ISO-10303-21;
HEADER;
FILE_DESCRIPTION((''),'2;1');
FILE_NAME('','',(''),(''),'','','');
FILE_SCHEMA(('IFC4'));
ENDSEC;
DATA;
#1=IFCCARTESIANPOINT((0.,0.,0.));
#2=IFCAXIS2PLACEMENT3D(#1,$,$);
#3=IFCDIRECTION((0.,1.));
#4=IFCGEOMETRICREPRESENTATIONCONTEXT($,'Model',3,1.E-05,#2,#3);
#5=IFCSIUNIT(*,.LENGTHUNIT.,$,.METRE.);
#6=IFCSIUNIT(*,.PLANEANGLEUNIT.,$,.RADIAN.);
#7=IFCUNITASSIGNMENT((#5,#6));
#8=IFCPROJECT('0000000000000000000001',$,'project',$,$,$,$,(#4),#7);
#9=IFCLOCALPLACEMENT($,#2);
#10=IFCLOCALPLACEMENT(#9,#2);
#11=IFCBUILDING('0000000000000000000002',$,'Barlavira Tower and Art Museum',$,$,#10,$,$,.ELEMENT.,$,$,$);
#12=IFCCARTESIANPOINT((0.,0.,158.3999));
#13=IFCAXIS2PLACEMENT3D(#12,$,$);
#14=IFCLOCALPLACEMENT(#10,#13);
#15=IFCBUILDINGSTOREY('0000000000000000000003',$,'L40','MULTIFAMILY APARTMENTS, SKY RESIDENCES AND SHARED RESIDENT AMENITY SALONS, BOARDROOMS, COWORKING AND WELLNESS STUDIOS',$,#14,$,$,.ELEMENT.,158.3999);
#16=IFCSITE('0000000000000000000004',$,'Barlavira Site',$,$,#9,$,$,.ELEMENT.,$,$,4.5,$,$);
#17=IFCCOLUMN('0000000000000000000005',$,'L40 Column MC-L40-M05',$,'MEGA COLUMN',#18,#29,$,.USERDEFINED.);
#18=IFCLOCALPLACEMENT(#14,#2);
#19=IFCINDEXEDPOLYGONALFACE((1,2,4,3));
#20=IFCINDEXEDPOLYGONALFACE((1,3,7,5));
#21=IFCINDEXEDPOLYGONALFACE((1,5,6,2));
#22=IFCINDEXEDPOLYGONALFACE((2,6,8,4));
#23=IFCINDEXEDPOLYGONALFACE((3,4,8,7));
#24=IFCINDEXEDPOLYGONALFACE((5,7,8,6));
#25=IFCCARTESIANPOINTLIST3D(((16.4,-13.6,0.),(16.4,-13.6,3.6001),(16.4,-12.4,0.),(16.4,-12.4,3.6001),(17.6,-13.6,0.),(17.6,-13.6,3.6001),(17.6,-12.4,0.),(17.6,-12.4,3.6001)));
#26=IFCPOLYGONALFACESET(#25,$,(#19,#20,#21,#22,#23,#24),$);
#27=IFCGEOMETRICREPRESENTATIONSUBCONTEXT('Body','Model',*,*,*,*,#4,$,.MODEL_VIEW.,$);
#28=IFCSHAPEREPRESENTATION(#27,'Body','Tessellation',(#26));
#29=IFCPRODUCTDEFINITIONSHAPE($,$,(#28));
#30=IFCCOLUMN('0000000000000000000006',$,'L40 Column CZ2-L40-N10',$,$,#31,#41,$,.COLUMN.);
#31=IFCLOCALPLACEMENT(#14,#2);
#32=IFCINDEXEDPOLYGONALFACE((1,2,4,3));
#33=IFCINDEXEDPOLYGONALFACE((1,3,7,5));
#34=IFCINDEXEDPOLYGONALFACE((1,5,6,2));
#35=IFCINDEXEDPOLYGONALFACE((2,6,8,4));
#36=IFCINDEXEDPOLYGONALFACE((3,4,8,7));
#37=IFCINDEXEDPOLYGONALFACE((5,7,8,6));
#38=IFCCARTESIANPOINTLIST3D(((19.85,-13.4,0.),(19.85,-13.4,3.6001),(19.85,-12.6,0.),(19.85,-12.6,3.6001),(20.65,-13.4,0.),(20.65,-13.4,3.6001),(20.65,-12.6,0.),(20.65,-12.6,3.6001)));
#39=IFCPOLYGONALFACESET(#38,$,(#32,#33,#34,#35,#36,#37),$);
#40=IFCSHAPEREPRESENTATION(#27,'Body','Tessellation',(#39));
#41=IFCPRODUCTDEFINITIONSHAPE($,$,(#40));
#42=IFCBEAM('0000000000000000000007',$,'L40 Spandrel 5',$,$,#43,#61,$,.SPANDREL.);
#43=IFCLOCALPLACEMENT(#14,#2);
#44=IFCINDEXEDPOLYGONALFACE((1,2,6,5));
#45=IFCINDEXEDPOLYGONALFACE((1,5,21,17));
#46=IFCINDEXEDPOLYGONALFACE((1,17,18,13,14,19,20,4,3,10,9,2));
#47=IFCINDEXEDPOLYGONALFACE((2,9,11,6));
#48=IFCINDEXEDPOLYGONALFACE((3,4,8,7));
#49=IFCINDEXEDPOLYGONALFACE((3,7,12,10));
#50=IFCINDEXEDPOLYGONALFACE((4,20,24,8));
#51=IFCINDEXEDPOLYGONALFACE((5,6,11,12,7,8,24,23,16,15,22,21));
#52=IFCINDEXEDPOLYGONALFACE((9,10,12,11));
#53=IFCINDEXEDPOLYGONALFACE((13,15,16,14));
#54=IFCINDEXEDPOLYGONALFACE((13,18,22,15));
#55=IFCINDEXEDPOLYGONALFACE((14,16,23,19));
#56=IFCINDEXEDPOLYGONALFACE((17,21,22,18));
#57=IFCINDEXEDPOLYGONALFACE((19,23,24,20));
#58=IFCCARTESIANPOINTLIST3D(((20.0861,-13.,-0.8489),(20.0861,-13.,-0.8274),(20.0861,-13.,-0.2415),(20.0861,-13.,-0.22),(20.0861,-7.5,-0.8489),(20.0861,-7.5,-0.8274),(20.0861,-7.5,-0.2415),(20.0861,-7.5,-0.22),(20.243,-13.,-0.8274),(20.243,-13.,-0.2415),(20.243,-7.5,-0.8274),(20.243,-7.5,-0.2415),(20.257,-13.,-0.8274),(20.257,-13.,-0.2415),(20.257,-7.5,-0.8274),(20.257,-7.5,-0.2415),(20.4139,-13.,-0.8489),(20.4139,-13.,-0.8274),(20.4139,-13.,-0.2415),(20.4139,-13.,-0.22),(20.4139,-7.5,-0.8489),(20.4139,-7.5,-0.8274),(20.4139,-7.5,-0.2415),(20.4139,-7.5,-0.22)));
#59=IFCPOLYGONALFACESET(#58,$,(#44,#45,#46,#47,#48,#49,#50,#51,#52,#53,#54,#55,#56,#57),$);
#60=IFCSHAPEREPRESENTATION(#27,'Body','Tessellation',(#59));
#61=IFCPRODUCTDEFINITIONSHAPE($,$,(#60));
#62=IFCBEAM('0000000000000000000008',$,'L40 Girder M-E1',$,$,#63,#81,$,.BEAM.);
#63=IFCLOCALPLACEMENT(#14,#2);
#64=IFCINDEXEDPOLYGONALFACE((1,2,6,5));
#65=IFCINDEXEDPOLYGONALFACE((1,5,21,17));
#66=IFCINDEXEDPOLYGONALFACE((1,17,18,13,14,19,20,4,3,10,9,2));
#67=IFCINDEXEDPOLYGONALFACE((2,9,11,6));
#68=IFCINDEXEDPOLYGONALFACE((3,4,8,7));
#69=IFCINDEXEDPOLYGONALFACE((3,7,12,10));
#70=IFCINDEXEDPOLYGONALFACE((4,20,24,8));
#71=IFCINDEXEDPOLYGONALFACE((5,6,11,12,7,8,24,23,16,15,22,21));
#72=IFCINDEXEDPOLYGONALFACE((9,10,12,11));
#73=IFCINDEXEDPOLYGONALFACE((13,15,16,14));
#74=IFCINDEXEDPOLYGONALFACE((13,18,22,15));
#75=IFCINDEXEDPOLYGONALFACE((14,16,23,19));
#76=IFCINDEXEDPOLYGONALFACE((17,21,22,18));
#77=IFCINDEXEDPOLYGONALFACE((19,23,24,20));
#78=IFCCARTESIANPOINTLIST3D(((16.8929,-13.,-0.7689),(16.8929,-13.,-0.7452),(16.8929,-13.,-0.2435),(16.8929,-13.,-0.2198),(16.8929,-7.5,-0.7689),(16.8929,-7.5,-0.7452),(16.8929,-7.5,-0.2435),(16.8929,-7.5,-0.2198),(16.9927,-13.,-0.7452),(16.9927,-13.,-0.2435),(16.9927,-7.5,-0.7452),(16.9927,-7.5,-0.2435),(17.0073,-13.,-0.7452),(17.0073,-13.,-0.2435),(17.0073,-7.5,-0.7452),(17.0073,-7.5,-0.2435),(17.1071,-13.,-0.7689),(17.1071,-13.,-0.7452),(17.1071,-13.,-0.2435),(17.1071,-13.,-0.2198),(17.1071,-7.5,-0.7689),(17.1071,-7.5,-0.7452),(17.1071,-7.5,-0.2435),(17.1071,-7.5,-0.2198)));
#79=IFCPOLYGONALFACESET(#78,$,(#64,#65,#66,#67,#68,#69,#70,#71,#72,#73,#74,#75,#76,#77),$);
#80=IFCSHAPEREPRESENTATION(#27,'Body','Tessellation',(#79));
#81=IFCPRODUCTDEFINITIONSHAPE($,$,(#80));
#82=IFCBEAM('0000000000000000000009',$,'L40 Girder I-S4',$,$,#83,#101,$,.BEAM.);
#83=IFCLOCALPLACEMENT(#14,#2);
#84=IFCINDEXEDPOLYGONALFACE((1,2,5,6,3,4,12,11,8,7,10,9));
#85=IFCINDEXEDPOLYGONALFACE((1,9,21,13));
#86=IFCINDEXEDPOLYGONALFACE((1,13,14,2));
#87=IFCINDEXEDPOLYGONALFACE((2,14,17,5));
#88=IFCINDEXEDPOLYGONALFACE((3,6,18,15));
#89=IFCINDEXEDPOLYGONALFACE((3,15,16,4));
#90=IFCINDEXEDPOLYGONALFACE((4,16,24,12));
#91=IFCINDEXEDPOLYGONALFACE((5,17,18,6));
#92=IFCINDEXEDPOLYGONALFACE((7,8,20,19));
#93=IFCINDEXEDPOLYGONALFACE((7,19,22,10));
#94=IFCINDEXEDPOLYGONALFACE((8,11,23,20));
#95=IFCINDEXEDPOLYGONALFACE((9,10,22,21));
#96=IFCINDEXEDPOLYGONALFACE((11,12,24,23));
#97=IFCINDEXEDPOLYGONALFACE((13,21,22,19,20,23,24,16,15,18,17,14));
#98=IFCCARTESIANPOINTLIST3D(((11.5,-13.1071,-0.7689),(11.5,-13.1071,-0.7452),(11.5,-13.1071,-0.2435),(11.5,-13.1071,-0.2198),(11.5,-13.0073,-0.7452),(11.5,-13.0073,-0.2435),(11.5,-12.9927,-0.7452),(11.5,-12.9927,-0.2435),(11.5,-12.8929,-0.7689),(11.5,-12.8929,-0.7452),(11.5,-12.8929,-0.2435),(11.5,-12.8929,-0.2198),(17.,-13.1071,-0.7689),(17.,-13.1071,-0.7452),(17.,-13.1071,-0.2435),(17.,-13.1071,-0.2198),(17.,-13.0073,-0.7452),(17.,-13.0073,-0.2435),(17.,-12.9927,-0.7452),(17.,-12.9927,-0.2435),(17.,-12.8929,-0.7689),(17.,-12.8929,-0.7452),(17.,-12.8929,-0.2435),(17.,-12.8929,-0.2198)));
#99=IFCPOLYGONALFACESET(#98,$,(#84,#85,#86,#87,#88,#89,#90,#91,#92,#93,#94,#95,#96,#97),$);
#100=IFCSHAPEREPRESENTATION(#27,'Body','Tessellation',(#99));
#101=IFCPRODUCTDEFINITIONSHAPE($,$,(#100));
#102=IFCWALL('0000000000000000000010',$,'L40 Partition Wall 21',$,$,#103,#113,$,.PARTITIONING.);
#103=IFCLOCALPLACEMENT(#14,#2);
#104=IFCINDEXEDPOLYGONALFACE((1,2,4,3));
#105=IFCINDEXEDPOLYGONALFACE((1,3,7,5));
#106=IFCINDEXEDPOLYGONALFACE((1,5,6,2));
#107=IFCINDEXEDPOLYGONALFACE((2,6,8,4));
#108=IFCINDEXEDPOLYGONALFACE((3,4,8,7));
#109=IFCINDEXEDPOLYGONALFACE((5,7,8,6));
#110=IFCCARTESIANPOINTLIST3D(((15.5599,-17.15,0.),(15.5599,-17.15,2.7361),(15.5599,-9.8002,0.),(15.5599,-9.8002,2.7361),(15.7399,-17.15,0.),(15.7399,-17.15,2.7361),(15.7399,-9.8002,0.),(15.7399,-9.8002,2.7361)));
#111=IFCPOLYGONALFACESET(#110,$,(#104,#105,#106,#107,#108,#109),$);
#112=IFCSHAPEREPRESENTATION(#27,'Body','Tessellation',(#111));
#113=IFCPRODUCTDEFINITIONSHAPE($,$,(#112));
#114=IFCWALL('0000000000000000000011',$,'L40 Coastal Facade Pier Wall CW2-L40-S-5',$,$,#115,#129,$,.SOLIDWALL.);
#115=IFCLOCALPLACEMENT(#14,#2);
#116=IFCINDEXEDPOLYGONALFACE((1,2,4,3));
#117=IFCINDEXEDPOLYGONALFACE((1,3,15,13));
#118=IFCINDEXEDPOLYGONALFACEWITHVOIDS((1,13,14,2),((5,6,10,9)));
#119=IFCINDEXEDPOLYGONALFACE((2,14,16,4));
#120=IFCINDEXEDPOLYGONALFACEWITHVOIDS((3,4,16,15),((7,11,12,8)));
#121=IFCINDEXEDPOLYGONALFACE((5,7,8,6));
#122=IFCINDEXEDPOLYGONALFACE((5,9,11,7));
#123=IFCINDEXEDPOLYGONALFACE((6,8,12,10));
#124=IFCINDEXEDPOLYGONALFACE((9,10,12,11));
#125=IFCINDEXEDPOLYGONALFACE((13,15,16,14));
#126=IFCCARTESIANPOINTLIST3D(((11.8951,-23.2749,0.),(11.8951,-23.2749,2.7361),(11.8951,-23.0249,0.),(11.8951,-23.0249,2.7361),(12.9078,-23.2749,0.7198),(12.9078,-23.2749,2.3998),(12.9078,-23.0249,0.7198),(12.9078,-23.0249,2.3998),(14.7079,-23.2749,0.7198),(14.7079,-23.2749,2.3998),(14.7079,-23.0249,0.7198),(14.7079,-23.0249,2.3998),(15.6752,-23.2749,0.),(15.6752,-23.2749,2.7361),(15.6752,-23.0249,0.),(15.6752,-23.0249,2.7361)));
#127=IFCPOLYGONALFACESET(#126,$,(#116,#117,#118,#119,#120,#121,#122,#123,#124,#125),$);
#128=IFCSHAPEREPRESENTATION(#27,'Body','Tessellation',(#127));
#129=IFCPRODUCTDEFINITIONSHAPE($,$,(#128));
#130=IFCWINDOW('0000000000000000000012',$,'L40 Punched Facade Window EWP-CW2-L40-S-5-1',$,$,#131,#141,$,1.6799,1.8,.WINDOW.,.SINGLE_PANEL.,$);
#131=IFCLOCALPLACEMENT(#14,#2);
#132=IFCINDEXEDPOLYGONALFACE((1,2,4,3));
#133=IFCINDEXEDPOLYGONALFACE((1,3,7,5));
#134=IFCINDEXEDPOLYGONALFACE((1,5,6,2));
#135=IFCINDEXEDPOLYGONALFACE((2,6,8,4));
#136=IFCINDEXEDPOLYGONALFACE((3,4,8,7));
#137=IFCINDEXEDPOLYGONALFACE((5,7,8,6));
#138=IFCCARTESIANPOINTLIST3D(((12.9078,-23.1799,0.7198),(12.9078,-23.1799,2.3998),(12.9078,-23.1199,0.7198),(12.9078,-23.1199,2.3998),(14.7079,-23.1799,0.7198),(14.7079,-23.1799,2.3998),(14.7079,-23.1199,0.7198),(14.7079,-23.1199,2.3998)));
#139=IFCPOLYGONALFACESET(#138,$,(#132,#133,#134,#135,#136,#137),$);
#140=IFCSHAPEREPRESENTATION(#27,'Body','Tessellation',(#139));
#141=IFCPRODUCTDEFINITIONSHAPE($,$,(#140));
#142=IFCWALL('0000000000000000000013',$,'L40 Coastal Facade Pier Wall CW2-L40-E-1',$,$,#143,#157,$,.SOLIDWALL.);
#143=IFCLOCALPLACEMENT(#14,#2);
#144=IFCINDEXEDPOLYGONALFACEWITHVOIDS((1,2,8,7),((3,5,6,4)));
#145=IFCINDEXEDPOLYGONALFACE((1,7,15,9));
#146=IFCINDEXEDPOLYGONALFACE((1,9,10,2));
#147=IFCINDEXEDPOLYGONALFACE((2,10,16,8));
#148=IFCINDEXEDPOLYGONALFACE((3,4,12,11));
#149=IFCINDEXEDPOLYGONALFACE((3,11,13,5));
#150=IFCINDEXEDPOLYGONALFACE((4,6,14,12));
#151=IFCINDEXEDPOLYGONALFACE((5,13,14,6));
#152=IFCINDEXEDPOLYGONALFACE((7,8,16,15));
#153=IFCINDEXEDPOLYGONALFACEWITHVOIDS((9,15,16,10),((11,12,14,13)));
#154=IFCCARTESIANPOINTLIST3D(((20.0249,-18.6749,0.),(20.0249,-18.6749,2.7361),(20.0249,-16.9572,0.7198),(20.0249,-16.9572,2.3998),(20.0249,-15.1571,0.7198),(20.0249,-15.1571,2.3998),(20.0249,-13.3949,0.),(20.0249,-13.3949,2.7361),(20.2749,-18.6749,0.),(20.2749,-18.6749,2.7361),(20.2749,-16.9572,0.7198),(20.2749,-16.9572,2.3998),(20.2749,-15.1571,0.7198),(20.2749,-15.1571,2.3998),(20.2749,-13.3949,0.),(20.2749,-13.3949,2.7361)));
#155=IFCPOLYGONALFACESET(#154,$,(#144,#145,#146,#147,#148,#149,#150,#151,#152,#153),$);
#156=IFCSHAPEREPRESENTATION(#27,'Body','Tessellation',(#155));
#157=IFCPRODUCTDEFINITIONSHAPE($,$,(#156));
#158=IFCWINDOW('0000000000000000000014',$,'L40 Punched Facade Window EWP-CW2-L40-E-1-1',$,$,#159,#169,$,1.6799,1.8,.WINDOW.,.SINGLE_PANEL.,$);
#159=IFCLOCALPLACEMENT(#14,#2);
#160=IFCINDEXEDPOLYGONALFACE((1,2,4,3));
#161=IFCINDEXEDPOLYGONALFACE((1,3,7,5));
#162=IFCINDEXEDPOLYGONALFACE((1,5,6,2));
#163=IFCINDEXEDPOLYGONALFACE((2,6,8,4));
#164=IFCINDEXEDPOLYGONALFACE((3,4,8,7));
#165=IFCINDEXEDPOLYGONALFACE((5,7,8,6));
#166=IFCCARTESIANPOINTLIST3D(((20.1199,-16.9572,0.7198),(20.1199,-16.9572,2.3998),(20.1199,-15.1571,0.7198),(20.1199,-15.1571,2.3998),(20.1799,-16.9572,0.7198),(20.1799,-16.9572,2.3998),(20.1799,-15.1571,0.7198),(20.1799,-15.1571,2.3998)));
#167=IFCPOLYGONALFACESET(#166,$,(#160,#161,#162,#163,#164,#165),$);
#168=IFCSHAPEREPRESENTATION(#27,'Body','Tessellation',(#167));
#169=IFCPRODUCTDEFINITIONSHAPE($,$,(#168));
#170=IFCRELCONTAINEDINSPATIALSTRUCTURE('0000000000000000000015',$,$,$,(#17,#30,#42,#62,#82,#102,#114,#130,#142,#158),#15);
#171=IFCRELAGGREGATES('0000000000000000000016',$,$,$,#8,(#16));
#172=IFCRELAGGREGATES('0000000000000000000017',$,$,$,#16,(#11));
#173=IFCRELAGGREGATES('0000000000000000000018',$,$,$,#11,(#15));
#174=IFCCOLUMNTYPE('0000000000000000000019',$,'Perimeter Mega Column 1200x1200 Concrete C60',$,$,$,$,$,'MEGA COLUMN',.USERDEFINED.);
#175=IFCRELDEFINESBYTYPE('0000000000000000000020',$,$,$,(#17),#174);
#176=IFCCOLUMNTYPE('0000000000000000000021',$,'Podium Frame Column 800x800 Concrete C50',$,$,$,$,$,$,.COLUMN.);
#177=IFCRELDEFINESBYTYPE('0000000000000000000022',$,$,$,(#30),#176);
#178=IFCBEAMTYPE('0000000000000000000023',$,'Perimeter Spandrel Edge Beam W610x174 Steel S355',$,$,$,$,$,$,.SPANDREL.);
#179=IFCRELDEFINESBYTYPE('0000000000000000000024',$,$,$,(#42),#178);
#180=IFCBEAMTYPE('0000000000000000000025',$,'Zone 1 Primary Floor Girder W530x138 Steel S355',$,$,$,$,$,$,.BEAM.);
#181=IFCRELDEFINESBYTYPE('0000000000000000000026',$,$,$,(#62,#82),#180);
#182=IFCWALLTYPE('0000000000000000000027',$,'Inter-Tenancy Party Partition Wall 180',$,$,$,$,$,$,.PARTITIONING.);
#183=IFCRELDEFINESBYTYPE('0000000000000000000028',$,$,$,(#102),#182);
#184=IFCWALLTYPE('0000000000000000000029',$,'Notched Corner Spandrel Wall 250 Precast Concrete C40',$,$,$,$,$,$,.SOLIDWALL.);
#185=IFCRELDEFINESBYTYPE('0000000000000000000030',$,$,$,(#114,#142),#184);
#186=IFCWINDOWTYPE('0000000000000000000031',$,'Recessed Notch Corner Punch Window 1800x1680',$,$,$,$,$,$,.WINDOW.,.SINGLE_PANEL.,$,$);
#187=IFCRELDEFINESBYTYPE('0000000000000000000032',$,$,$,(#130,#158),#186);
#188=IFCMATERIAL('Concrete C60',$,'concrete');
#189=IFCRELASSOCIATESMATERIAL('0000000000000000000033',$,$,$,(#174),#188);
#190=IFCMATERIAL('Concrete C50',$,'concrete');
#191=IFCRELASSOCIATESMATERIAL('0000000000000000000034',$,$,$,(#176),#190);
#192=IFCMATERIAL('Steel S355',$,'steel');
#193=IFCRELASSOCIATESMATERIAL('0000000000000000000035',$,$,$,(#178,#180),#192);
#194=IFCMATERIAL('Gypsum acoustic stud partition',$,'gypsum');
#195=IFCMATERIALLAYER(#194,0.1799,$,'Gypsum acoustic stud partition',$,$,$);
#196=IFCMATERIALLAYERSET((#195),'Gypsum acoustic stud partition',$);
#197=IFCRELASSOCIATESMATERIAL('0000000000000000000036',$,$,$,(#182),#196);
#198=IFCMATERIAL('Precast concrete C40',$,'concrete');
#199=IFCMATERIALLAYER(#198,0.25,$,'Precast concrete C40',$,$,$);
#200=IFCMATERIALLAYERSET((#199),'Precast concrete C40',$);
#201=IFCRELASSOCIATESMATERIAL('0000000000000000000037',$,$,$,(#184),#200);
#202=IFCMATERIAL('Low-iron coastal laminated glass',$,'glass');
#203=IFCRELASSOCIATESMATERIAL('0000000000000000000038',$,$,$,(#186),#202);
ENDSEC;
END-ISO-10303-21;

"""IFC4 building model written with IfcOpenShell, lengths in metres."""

from ifc_helpers import new_model, si_unit, direction, frame, frame_2d, origin, origin_2d, place, context, subcontext, project, spatial, rectangle, i_section, extrude, material, layer, layer_set, material_profile, profile_set, type_object, element, fill, save


model = new_model("IFC4")

# Units and contexts
model_context = context("Model", 3, precision=1e-05, world=origin(), true_north=direction((0.0, 1.0)))
body_context = subcontext(model_context, "Body", "Model", "MODEL_VIEW")
ifc_project = project(units=[si_unit("LENGTHUNIT", "METRE"), si_unit("PLANEANGLEUNIT", "RADIAN")], contexts=[model_context])

# Site, building, storey
site_placement = place(None, origin())
site = spatial("IfcSite", under=ifc_project, at=site_placement, Name="Barlavira Site", CompositionType="ELEMENT", RefElevation=4.5)
building_placement = place(site_placement, origin())
building = spatial("IfcBuilding", under=site, at=building_placement, Name="Barlavira Tower and Art Museum", CompositionType="ELEMENT")
storey_placement = place(building_placement, frame((0.0, 0.0, 158.3999)))
storey = spatial("IfcBuildingStorey", under=building, at=storey_placement, Name="L40", Description="MULTIFAMILY APARTMENTS, SKY RESIDENCES AND SHARED RESIDENT AMENITY SALONS, BOARDROOMS, COWORKING AND WELLNESS STUDIOS", CompositionType="ELEMENT", Elevation=158.3999)

# Columns
ifc_material_1 = material(Name="Concrete C60", Category="concrete")
ifc_material_profile_1 = material_profile(ifc_material_1, rectangle(XDim=1.2, YDim=1.2, at=origin_2d()), Name="RC-COL 1200x1200")
ifc_profile_set_1 = profile_set([ifc_material_profile_1], Name="Concrete C60")
column_type_1 = type_object("IfcColumnType", Name="Perimeter Mega Column 1200x1200 Concrete C60", ElementType="MEGA COLUMN", PredefinedType="USERDEFINED", material=ifc_profile_set_1)
column_1_placement = place(storey_placement, frame((17.0, -13.0, 0.0), z_axis=(0.0, 0.0, 1.0), x_axis=(1.0, 0.0, 0.0)))
element("IfcColumn", 1, at=column_1_placement, inside=storey, type_object=column_type_1, Name="L40 Column MC-L40-M05", ObjectType="MEGA COLUMN", PredefinedType="USERDEFINED", context=body_context, shape_type="SweptSolid", body=[
    extrude(rectangle(XDim=1.2, YDim=1.2, at=origin_2d()), origin(), (0.0, 0.0, 1.0), 3.6001),
])
ifc_material_2 = material(Name="Concrete C50", Category="concrete")
ifc_material_profile_2 = material_profile(ifc_material_2, rectangle(XDim=0.8, YDim=0.8, at=origin_2d()), Name="RC-COL 800x800")
ifc_profile_set_2 = profile_set([ifc_material_profile_2], Name="Concrete C50")
column_type_2 = type_object("IfcColumnType", Name="Podium Frame Column 800x800 Concrete C50", PredefinedType="COLUMN", material=ifc_profile_set_2)
column_2_placement = place(storey_placement, frame((20.25, -13.0, 0.0), z_axis=(0.0, 0.0, 1.0), x_axis=(1.0, 0.0, 0.0)))
element("IfcColumn", 2, at=column_2_placement, inside=storey, type_object=column_type_2, Name="L40 Column CZ2-L40-N10", PredefinedType="COLUMN", context=body_context, shape_type="SweptSolid", body=[
    extrude(rectangle(XDim=0.8, YDim=0.8, at=origin_2d()), origin(), (0.0, 0.0, 1.0), 3.6001),
])

# Beams
ifc_material_3 = material(Name="Steel S355", Category="steel")
ifc_material_profile_3 = material_profile(ifc_material_3, i_section(OverallWidth=0.3279, OverallDepth=0.6289, WebThickness=0.0139, FlangeThickness=0.0215, at=origin_2d()), Name="W610x174.0")
ifc_profile_set_3 = profile_set([ifc_material_profile_3], Name="Steel S355")
beam_type_1 = type_object("IfcBeamType", Name="Perimeter Spandrel Edge Beam W610x174 Steel S355", PredefinedType="SPANDREL", material=ifc_profile_set_3)
beam_placement = place(storey_placement, frame((20.25, -13.0, -0.5344), z_axis=(0.0, 1.0, 0.0), x_axis=(-1.0, 0.0, 0.0)))
element("IfcBeam", 3, at=beam_placement, inside=storey, type_object=beam_type_1, Name="L40 Spandrel 5", PredefinedType="SPANDREL", context=body_context, shape_type="SweptSolid", body=[
    extrude(i_section(OverallWidth=0.3279, OverallDepth=0.6289, WebThickness=0.0139, FlangeThickness=0.0215, at=origin_2d()), origin(), (0.0, 0.0, 1.0), 5.5),
])
ifc_material_profile_4 = material_profile(ifc_material_3, i_section(OverallWidth=0.2141, OverallDepth=0.5491, WebThickness=0.0146, FlangeThickness=0.0237, at=origin_2d()), Name="W530x138.0")
ifc_profile_set_4 = profile_set([ifc_material_profile_4], Name="Steel S355")
beam_type_2 = type_object("IfcBeamType", Name="Zone 1 Primary Floor Girder W530x138 Steel S355", PredefinedType="BEAM", material=ifc_profile_set_4)
for number, where, z_axis, x_axis, name in (
    (4, (17.0, -13.0, -0.4944), (0.0, 1.0, 0.0), (-1.0, 0.0, 0.0), "L40 Girder M-E1"),
    (5, (11.5, -13.0, -0.4944), (1.0, 0.0, 0.0), (0.0, 1.0, 0.0), "L40 Girder I-S4"),
):
    element("IfcBeam", number, at=place(storey_placement, frame(where, z_axis=z_axis, x_axis=x_axis)), inside=storey, type_object=beam_type_2, Name=name, PredefinedType="BEAM", context=body_context, shape_type="SweptSolid", body=[
        extrude(i_section(OverallWidth=0.2141, OverallDepth=0.5491, WebThickness=0.0146, FlangeThickness=0.0237, at=origin_2d()), origin(), (0.0, 0.0, 1.0), 5.5),
    ])

# Wall
ifc_material_4 = material(Name="Gypsum acoustic stud partition", Category="gypsum")
ifc_layer_1 = layer(ifc_material_4, 0.1799, Name="Gypsum acoustic stud partition")
ifc_layer_set_1 = layer_set([ifc_layer_1], Name="Gypsum acoustic stud partition")
wall_type_1 = type_object("IfcWallType", Name="Inter-Tenancy Party Partition Wall 180", PredefinedType="PARTITIONING", material=ifc_layer_set_1)
wall_1_placement = place(storey_placement, frame((15.6499, -17.1499, 0.0), z_axis=(0.0, 0.0, 1.0), x_axis=(0.0, 1.0, 0.0)))
element("IfcWall", 6, at=wall_1_placement, inside=storey, type_object=wall_type_1, Name="L40 Partition Wall 21", PredefinedType="PARTITIONING", context=body_context, shape_type="SweptSolid", body=[
    extrude(rectangle(XDim=7.3499, YDim=0.1799, at=frame_2d((3.6748, 0.0))), origin(), (0.0, 0.0, 1.0), 2.7361),
])

# Walls, openings, windows
ifc_material_5 = material(Name="Precast concrete C40", Category="concrete")
ifc_layer_2 = layer(ifc_material_5, 0.25, Name="Precast concrete C40")
ifc_layer_set_2 = layer_set([ifc_layer_2], Name="Precast concrete C40")
wall_type_2 = type_object("IfcWallType", Name="Notched Corner Spandrel Wall 250 Precast Concrete C40", PredefinedType="SOLIDWALL", material=ifc_layer_set_2)
wall_2_placement = place(storey_placement, frame((11.895, -23.1499, 0.0), z_axis=(0.0, 0.0, 1.0), x_axis=(1.0, 0.0, 0.0)))
wall_2 = element("IfcWall", 7, at=wall_2_placement, inside=storey, type_object=wall_type_2, Name="L40 Coastal Facade Pier Wall CW2-L40-S-5", PredefinedType="SOLIDWALL", context=body_context, shape_type="SweptSolid", body=[
    extrude(rectangle(XDim=3.78, YDim=0.25, at=frame_2d((1.8901, 0.0))), origin(), (0.0, 0.0, 1.0), 2.7361),
])
opening_1_placement = place(wall_2_placement, frame((1.0129, 0.0, 0.72)))
opening_1 = element("IfcOpeningElement", 8, at=opening_1_placement, cuts=wall_2, PredefinedType="OPENING", context=body_context, shape_type="SweptSolid", body=[
    extrude(rectangle(XDim=1.8, YDim=1.6799, at=frame_2d((0.8999, 0.8398))), frame((0.0, 0.135, 0.0), z_axis=(0.0, -1.0, 0.0), x_axis=(1.0, 0.0, 0.0)), (0.0, 0.0, 1.0), 0.27),
])
ifc_material_6 = material(Name="Low-iron coastal laminated glass", Category="glass")
window_type = type_object("IfcWindowType", Name="Recessed Notch Corner Punch Window 1800x1680", PartitioningType="SINGLE_PANEL", PredefinedType="WINDOW", material=ifc_material_6)
window_1_placement = place(opening_1_placement, origin())
window_1 = element("IfcWindow", 9, at=window_1_placement, inside=storey, type_object=window_type, Name="L40 Punched Facade Window EWP-CW2-L40-S-5-1", OverallHeight=1.6799, OverallWidth=1.8, PartitioningType="SINGLE_PANEL", PredefinedType="WINDOW", context=body_context, shape_type="SweptSolid", body=[
    extrude(rectangle(XDim=1.8, YDim=1.6799, at=frame_2d((0.8999, 0.8398))), frame((0.0, 0.03, 0.0), z_axis=(0.0, -1.0, 0.0), x_axis=(1.0, 0.0, 0.0)), (0.0, 0.0, 1.0), 0.0601),
])
fill(opening_1, window_1)
wall_3_placement = place(storey_placement, frame((20.1499, -18.675, 0.0), z_axis=(0.0, 0.0, 1.0), x_axis=(0.0, 1.0, 0.0)))
wall_3 = element("IfcWall", 10, at=wall_3_placement, inside=storey, type_object=wall_type_2, Name="L40 Coastal Facade Pier Wall CW2-L40-E-1", PredefinedType="SOLIDWALL", context=body_context, shape_type="SweptSolid", body=[
    extrude(rectangle(XDim=5.28, YDim=0.25, at=frame_2d((2.6401, 0.0))), origin(), (0.0, 0.0, 1.0), 2.7361),
])
opening_2_placement = place(wall_3_placement, frame((1.718, 0.0, 0.72)))
opening_2 = element("IfcOpeningElement", 11, at=opening_2_placement, cuts=wall_3, PredefinedType="OPENING", context=body_context, shape_type="SweptSolid", body=[
    extrude(rectangle(XDim=1.8, YDim=1.6799, at=frame_2d((0.8999, 0.8398))), frame((0.0, 0.135, 0.0), z_axis=(0.0, -1.0, 0.0), x_axis=(1.0, 0.0, 0.0)), (0.0, 0.0, 1.0), 0.27),
])
window_2_placement = place(opening_2_placement, origin())
window_2 = element("IfcWindow", 12, at=window_2_placement, inside=storey, type_object=window_type, Name="L40 Punched Facade Window EWP-CW2-L40-E-1-1", OverallHeight=1.6799, OverallWidth=1.8, PartitioningType="SINGLE_PANEL", PredefinedType="WINDOW", context=body_context, shape_type="SweptSolid", body=[
    extrude(rectangle(XDim=1.8, YDim=1.6799, at=frame_2d((0.8999, 0.8398))), frame((0.0, 0.03, 0.0), z_axis=(0.0, -1.0, 0.0), x_axis=(1.0, 0.0, 0.0)), (0.0, 0.0, 1.0), 0.0601),
])
fill(opening_2, window_2)

save(model, "model.ifc")
